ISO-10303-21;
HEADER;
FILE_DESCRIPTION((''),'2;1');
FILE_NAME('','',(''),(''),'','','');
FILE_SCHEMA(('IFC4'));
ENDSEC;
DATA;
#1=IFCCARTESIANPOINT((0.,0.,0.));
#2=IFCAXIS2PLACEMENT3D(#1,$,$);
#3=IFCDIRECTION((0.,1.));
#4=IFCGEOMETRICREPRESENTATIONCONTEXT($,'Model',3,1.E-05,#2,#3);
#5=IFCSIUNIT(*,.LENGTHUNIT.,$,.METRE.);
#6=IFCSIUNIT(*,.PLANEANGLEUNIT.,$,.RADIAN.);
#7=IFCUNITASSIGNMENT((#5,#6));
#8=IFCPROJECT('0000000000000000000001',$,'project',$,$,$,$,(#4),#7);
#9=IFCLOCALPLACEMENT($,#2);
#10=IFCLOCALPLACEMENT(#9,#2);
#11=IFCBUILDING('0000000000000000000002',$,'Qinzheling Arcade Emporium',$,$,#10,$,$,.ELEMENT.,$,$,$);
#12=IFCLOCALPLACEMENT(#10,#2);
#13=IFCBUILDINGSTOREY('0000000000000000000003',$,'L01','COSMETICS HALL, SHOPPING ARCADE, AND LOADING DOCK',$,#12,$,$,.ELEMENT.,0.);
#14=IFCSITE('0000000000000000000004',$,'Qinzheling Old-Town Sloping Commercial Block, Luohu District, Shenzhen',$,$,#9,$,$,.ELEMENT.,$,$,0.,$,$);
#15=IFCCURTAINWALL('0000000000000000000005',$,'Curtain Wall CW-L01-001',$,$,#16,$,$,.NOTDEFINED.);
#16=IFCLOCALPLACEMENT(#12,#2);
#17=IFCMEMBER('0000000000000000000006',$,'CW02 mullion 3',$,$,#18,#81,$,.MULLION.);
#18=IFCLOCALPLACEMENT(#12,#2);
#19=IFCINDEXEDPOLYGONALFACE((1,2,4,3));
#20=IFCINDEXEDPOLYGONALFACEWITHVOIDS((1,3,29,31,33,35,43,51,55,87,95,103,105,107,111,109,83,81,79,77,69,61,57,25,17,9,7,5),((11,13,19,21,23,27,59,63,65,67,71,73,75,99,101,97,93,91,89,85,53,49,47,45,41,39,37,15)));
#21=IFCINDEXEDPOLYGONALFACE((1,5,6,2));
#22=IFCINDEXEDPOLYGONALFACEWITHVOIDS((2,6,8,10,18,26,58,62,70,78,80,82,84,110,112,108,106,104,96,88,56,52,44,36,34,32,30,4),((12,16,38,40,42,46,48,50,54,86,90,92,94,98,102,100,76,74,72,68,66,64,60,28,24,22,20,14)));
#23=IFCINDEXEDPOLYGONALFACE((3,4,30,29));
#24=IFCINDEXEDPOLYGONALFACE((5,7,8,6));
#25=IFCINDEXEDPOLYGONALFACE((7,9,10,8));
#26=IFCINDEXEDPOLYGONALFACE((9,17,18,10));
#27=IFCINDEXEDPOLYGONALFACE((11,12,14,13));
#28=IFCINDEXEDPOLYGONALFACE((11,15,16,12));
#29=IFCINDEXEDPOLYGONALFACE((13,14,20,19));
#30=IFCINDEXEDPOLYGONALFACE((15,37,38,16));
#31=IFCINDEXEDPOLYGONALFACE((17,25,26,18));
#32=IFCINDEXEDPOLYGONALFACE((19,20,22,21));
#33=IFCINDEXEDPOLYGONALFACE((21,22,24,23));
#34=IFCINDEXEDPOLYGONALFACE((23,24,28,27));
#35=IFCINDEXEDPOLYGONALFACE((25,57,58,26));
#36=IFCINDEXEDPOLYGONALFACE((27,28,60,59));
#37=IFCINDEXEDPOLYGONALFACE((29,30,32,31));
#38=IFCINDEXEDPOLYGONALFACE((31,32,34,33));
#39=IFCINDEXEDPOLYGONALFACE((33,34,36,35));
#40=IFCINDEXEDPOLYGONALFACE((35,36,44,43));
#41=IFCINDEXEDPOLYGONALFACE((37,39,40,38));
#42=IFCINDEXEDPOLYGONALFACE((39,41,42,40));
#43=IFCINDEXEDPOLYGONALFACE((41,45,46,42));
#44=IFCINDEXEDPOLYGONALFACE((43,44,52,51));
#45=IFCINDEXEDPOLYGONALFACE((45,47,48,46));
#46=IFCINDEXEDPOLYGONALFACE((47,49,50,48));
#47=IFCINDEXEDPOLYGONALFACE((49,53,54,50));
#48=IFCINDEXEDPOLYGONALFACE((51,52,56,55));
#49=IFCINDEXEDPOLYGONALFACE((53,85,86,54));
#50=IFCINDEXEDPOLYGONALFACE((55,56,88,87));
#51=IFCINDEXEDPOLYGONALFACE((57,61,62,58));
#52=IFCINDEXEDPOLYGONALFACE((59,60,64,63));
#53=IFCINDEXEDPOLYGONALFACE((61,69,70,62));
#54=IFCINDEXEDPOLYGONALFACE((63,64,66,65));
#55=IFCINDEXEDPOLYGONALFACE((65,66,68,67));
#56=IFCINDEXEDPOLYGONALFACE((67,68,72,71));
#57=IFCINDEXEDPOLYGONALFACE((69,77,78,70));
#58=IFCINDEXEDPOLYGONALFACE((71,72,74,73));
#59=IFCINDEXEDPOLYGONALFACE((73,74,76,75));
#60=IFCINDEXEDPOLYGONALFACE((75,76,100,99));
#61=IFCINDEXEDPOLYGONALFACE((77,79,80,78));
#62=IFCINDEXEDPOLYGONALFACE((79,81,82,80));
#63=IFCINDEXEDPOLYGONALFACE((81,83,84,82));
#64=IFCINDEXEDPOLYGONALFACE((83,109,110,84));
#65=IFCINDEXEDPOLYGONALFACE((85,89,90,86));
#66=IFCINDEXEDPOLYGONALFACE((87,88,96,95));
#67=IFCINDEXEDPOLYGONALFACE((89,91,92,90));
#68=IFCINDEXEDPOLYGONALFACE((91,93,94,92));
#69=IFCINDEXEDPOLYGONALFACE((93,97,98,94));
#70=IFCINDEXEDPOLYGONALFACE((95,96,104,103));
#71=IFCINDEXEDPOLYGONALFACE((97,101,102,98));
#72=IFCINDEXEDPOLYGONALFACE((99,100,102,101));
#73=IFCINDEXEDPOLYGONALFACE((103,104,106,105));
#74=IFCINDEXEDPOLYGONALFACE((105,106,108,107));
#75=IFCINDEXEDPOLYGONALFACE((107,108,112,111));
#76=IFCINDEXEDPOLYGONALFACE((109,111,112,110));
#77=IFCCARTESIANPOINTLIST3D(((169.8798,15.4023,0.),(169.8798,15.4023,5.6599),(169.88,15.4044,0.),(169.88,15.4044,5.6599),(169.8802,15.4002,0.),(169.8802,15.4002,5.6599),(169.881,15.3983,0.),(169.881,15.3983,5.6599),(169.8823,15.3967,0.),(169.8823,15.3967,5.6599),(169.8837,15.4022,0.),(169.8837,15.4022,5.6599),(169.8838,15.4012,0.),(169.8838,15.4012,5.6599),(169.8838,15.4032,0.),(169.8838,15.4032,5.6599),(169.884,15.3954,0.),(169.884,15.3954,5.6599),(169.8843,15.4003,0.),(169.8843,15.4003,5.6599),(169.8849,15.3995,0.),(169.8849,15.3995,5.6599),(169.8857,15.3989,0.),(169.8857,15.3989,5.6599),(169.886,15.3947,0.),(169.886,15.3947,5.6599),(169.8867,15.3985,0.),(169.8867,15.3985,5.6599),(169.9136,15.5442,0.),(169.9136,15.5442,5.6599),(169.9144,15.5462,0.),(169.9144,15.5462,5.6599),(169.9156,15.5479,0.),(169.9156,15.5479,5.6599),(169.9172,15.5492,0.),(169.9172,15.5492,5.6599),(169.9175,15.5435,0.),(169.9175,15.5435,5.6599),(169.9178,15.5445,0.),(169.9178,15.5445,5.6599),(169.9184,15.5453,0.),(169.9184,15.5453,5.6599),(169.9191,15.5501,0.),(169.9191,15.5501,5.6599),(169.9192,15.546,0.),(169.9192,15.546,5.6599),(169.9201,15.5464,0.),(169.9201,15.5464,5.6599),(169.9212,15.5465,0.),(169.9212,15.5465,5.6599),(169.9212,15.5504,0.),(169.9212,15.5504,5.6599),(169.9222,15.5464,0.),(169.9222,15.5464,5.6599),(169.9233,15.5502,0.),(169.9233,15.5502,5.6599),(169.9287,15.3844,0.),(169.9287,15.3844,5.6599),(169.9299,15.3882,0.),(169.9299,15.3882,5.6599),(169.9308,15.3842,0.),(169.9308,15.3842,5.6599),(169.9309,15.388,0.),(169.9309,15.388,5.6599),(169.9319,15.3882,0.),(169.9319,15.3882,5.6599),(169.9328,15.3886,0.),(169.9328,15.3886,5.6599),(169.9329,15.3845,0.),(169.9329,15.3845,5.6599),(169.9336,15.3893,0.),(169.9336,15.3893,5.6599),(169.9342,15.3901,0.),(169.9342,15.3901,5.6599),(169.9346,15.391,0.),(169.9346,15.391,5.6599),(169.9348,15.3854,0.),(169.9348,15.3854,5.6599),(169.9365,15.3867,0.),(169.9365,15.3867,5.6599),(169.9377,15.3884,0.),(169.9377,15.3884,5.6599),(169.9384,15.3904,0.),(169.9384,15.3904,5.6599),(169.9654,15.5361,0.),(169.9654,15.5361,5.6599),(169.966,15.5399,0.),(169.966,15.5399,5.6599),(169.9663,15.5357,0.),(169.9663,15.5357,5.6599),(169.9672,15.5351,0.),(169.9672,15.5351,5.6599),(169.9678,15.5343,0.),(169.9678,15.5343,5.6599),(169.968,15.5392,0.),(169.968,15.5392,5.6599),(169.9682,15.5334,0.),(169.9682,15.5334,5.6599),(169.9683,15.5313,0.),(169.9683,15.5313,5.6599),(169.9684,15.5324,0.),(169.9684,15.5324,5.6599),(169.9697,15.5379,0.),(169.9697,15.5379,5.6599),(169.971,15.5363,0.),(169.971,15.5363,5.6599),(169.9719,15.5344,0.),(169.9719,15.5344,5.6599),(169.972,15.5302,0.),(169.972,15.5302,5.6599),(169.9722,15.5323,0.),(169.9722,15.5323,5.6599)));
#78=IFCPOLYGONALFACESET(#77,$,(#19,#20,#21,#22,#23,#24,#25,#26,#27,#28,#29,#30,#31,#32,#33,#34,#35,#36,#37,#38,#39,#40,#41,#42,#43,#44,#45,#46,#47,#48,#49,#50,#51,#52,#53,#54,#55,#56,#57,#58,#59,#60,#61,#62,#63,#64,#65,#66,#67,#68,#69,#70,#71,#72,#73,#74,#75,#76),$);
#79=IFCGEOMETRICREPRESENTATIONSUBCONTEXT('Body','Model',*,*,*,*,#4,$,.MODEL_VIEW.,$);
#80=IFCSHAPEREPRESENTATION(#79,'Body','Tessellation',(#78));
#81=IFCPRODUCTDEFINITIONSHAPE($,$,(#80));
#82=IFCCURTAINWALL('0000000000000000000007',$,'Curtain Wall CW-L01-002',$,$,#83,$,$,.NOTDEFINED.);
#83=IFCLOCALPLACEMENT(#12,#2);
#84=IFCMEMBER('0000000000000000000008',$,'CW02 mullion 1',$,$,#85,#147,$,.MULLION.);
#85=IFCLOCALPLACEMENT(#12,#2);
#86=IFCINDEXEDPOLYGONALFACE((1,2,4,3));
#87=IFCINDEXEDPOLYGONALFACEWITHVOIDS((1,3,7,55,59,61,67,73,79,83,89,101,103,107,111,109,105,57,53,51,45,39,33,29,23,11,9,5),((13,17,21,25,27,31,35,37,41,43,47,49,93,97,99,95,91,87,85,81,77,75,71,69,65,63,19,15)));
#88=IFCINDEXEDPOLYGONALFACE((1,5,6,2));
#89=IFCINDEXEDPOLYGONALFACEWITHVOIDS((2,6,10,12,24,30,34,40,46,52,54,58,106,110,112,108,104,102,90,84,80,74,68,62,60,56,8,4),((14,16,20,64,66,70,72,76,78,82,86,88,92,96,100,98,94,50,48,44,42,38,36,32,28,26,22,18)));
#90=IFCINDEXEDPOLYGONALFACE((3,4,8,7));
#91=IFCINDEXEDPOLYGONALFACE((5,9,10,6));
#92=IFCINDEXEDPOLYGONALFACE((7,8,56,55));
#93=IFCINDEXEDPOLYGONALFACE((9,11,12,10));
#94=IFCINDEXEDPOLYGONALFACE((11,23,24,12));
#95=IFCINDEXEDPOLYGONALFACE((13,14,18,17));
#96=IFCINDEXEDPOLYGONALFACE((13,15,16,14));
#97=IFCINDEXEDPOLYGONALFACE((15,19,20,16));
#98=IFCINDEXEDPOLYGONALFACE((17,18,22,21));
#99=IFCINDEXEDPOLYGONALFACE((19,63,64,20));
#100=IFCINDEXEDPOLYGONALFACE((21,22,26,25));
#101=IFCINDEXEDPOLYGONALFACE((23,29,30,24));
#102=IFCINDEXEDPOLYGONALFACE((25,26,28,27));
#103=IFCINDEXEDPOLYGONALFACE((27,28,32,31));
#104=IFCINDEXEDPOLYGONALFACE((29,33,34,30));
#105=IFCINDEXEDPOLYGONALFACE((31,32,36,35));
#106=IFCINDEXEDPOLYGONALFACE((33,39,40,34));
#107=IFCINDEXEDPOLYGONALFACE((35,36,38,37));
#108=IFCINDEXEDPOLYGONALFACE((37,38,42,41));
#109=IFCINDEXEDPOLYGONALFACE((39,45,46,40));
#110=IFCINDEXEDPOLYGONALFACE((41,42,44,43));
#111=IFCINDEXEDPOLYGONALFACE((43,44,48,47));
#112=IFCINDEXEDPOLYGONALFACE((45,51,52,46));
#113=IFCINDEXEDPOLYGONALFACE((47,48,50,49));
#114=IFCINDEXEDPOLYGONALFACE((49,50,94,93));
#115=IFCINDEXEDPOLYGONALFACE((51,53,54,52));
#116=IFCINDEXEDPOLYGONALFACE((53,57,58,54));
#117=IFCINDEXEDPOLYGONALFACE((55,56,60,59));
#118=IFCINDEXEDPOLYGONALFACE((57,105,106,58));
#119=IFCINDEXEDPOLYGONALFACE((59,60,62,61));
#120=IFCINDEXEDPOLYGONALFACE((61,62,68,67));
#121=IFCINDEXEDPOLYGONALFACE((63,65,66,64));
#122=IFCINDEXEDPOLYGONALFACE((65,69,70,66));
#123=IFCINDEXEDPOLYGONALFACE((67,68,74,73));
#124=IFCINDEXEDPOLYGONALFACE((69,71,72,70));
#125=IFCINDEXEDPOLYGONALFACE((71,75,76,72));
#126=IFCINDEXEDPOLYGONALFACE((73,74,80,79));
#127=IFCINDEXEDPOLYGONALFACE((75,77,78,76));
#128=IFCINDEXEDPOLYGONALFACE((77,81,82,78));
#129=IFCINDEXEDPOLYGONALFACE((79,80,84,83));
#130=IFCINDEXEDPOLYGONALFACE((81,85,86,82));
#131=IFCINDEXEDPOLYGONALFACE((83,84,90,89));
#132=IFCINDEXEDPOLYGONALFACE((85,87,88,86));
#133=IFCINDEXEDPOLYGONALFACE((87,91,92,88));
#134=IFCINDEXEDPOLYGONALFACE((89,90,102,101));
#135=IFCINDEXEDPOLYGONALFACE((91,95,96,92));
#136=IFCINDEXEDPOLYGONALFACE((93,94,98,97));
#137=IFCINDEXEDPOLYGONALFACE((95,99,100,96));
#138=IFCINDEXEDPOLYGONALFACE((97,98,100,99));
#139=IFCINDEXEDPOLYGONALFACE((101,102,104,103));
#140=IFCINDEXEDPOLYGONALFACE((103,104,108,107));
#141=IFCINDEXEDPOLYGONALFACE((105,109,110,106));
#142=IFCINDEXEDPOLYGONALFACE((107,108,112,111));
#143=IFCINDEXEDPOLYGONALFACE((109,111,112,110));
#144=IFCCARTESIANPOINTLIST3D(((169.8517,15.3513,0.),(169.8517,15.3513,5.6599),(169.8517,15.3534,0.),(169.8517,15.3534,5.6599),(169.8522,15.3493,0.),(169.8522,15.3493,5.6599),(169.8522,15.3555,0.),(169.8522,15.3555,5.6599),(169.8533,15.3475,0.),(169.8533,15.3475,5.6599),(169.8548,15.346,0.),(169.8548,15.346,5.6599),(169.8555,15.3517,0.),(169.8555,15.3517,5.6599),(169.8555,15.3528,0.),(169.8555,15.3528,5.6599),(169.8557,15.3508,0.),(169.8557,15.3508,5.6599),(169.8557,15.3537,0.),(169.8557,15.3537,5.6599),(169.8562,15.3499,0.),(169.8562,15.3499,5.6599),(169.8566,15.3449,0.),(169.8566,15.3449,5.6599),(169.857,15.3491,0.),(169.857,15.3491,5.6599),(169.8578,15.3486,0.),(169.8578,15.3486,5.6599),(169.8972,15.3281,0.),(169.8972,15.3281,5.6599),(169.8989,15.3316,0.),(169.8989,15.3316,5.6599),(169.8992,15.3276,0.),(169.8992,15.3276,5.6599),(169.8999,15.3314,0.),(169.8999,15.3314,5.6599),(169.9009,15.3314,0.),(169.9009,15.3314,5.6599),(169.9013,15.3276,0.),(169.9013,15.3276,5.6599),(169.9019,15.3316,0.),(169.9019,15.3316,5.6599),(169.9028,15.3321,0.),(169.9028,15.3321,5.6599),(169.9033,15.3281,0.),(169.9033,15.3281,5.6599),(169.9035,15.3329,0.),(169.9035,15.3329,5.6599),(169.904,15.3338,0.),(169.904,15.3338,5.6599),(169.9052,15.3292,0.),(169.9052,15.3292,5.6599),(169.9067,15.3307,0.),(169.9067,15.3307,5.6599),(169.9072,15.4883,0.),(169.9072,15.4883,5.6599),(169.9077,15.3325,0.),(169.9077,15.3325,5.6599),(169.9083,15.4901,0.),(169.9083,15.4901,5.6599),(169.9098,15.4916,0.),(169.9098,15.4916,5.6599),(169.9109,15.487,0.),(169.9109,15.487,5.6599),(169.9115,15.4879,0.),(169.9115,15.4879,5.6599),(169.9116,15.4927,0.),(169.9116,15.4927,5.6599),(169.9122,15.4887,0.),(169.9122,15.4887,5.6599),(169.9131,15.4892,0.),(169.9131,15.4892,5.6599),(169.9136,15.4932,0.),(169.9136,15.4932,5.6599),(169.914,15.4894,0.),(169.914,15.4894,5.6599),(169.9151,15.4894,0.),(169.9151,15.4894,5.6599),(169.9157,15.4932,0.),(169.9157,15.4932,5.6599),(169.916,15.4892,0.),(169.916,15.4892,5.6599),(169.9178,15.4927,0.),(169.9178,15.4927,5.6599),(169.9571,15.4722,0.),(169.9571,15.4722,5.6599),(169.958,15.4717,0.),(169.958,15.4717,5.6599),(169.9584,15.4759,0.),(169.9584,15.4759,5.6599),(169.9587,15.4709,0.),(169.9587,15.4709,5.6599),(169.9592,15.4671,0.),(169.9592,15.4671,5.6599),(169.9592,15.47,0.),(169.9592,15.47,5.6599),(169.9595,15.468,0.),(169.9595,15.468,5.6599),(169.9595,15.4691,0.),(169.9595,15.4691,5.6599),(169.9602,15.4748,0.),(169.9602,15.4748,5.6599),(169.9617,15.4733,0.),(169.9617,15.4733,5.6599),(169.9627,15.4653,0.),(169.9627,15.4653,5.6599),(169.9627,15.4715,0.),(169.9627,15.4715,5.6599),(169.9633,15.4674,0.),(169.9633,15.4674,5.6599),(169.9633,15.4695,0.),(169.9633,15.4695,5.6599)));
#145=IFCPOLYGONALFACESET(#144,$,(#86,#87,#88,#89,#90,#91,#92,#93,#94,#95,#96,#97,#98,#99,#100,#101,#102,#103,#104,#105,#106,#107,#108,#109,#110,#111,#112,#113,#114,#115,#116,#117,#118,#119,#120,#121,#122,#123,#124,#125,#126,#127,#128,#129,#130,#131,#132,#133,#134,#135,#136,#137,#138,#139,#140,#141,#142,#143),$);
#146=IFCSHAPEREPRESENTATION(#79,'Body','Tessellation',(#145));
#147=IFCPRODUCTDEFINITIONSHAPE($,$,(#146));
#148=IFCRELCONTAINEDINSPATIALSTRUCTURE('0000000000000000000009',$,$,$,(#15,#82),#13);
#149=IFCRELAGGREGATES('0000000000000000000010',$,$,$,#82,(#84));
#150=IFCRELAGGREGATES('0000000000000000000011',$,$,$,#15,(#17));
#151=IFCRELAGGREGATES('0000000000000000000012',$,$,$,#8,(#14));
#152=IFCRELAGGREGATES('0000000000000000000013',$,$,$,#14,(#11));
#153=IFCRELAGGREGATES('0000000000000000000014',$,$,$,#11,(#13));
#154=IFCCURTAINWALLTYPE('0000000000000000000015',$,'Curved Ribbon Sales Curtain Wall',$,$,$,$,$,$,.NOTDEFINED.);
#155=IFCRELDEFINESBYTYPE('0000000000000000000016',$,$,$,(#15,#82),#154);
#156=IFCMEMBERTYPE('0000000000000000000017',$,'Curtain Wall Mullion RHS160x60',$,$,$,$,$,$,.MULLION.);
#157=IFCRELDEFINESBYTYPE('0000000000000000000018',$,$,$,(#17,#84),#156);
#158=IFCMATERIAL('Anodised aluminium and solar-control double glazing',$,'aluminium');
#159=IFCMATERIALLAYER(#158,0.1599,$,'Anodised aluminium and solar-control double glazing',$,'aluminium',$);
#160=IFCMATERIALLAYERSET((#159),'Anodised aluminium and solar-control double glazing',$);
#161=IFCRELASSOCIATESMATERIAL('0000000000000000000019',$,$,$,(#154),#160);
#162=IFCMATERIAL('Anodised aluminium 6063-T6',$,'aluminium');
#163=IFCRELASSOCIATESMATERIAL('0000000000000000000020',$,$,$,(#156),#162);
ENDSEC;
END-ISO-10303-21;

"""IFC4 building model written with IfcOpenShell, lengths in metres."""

from ifc_helpers import new_model, si_unit, direction, frame, origin, origin_2d, place, context, subcontext, project, spatial, hollow_rectangle, extrude, material, layer, layer_set, material_profile, profile_set, type_object, element, aggregate, save


model = new_model("IFC4")

# Units and contexts
model_context = context("Model", 3, precision=1e-05, world=origin(), true_north=direction((0.0, 1.0)))
body_context = subcontext(model_context, "Body", "Model", "MODEL_VIEW")
ifc_project = project(units=[si_unit("LENGTHUNIT", "METRE"), si_unit("PLANEANGLEUNIT", "RADIAN")], contexts=[model_context])

# Site, building, storey
site_placement = place(None, origin())
site = spatial("IfcSite", under=ifc_project, at=site_placement, Name="Qinzheling Old-Town Sloping Commercial Block, Luohu District, Shenzhen", CompositionType="ELEMENT", RefElevation=0.0)
building_placement = place(site_placement, origin())
building = spatial("IfcBuilding", under=site, at=building_placement, Name="Qinzheling Arcade Emporium", CompositionType="ELEMENT")
storey_placement = place(building_placement, origin())
storey = spatial("IfcBuildingStorey", under=building, at=storey_placement, Name="L01", Description="COSMETICS HALL, SHOPPING ARCADE, AND LOADING DOCK", CompositionType="ELEMENT", Elevation=0.0)

# Curtain wall, member
ifc_material_1 = material(Name="Anodised aluminium and solar-control double glazing", Category="aluminium")
ifc_layer_1 = layer(ifc_material_1, 0.1599, Name="Anodised aluminium and solar-control double glazing", Category="aluminium")
ifc_layer_set_1 = layer_set([ifc_layer_1], Name="Anodised aluminium and solar-control double glazing")
curtain_wall_type = type_object("IfcCurtainWallType", Name="Curved Ribbon Sales Curtain Wall", PredefinedType="NOTDEFINED", material=ifc_layer_set_1)
curtain_wall_1_placement = place(storey_placement, origin())
curtain_wall_1 = element("IfcCurtainWall", 1, at=curtain_wall_1_placement, inside=storey, type_object=curtain_wall_type, Name="Curtain Wall CW-L01-001", PredefinedType="NOTDEFINED")
ifc_material_2 = material(Name="Anodised aluminium 6063-T6", Category="aluminium")
ifc_material_profile_1 = material_profile(ifc_material_2, hollow_rectangle(XDim=0.0601, YDim=0.1599, WallThickness=0.0039, InnerFilletRadius=0.0039, OuterFilletRadius=0.0081, at=origin_2d()), Name="RHS 160x60x4", Category="aluminium")
ifc_profile_set_1 = profile_set([ifc_material_profile_1], Name="Anodised aluminium 6063-T6")
member_type_1 = type_object("IfcMemberType", Name="Curtain Wall Mullion RHS160x60", PredefinedType="MULLION", material=ifc_profile_set_1)
member_1_placement = place(storey_placement, frame((169.926, 15.4673, 0.0), z_axis=(0.0, 0.0, 1.0), x_axis=(0.972391, -0.23336, 0.0)))
member_1 = element("IfcMember", 2, at=member_1_placement, type_object=member_type_1, Name="CW02 mullion 3", PredefinedType="MULLION", context=body_context, shape_type="SweptSolid", body=[
    extrude(hollow_rectangle(XDim=0.0601, YDim=0.1599, WallThickness=0.0039, InnerFilletRadius=0.0039, OuterFilletRadius=0.0081, at=origin_2d()), origin(), (0.0, 0.0, 1.0), 5.6599),
])

# Curtain wall, member
curtain_wall_2_placement = place(storey_placement, origin())
curtain_wall_2 = element("IfcCurtainWall", 3, at=curtain_wall_2_placement, inside=storey, type_object=curtain_wall_type, Name="Curtain Wall CW-L01-002", PredefinedType="NOTDEFINED")
member_2_placement = place(storey_placement, frame((169.9075, 15.4104, 0.0), z_axis=(0.0, 0.0, 1.0), x_axis=(0.923892, -0.382654, 0.0)))
member_2 = element("IfcMember", 4, at=member_2_placement, type_object=member_type_1, Name="CW02 mullion 1", PredefinedType="MULLION", context=body_context, shape_type="SweptSolid", body=[
    extrude(hollow_rectangle(XDim=0.0601, YDim=0.1599, WallThickness=0.0039, InnerFilletRadius=0.0039, OuterFilletRadius=0.0081, at=origin_2d()), origin(), (0.0, 0.0, 1.0), 5.6599),
])

aggregate(curtain_wall_2, [member_2])

aggregate(curtain_wall_1, [member_1])

save(model, "model.ifc")
